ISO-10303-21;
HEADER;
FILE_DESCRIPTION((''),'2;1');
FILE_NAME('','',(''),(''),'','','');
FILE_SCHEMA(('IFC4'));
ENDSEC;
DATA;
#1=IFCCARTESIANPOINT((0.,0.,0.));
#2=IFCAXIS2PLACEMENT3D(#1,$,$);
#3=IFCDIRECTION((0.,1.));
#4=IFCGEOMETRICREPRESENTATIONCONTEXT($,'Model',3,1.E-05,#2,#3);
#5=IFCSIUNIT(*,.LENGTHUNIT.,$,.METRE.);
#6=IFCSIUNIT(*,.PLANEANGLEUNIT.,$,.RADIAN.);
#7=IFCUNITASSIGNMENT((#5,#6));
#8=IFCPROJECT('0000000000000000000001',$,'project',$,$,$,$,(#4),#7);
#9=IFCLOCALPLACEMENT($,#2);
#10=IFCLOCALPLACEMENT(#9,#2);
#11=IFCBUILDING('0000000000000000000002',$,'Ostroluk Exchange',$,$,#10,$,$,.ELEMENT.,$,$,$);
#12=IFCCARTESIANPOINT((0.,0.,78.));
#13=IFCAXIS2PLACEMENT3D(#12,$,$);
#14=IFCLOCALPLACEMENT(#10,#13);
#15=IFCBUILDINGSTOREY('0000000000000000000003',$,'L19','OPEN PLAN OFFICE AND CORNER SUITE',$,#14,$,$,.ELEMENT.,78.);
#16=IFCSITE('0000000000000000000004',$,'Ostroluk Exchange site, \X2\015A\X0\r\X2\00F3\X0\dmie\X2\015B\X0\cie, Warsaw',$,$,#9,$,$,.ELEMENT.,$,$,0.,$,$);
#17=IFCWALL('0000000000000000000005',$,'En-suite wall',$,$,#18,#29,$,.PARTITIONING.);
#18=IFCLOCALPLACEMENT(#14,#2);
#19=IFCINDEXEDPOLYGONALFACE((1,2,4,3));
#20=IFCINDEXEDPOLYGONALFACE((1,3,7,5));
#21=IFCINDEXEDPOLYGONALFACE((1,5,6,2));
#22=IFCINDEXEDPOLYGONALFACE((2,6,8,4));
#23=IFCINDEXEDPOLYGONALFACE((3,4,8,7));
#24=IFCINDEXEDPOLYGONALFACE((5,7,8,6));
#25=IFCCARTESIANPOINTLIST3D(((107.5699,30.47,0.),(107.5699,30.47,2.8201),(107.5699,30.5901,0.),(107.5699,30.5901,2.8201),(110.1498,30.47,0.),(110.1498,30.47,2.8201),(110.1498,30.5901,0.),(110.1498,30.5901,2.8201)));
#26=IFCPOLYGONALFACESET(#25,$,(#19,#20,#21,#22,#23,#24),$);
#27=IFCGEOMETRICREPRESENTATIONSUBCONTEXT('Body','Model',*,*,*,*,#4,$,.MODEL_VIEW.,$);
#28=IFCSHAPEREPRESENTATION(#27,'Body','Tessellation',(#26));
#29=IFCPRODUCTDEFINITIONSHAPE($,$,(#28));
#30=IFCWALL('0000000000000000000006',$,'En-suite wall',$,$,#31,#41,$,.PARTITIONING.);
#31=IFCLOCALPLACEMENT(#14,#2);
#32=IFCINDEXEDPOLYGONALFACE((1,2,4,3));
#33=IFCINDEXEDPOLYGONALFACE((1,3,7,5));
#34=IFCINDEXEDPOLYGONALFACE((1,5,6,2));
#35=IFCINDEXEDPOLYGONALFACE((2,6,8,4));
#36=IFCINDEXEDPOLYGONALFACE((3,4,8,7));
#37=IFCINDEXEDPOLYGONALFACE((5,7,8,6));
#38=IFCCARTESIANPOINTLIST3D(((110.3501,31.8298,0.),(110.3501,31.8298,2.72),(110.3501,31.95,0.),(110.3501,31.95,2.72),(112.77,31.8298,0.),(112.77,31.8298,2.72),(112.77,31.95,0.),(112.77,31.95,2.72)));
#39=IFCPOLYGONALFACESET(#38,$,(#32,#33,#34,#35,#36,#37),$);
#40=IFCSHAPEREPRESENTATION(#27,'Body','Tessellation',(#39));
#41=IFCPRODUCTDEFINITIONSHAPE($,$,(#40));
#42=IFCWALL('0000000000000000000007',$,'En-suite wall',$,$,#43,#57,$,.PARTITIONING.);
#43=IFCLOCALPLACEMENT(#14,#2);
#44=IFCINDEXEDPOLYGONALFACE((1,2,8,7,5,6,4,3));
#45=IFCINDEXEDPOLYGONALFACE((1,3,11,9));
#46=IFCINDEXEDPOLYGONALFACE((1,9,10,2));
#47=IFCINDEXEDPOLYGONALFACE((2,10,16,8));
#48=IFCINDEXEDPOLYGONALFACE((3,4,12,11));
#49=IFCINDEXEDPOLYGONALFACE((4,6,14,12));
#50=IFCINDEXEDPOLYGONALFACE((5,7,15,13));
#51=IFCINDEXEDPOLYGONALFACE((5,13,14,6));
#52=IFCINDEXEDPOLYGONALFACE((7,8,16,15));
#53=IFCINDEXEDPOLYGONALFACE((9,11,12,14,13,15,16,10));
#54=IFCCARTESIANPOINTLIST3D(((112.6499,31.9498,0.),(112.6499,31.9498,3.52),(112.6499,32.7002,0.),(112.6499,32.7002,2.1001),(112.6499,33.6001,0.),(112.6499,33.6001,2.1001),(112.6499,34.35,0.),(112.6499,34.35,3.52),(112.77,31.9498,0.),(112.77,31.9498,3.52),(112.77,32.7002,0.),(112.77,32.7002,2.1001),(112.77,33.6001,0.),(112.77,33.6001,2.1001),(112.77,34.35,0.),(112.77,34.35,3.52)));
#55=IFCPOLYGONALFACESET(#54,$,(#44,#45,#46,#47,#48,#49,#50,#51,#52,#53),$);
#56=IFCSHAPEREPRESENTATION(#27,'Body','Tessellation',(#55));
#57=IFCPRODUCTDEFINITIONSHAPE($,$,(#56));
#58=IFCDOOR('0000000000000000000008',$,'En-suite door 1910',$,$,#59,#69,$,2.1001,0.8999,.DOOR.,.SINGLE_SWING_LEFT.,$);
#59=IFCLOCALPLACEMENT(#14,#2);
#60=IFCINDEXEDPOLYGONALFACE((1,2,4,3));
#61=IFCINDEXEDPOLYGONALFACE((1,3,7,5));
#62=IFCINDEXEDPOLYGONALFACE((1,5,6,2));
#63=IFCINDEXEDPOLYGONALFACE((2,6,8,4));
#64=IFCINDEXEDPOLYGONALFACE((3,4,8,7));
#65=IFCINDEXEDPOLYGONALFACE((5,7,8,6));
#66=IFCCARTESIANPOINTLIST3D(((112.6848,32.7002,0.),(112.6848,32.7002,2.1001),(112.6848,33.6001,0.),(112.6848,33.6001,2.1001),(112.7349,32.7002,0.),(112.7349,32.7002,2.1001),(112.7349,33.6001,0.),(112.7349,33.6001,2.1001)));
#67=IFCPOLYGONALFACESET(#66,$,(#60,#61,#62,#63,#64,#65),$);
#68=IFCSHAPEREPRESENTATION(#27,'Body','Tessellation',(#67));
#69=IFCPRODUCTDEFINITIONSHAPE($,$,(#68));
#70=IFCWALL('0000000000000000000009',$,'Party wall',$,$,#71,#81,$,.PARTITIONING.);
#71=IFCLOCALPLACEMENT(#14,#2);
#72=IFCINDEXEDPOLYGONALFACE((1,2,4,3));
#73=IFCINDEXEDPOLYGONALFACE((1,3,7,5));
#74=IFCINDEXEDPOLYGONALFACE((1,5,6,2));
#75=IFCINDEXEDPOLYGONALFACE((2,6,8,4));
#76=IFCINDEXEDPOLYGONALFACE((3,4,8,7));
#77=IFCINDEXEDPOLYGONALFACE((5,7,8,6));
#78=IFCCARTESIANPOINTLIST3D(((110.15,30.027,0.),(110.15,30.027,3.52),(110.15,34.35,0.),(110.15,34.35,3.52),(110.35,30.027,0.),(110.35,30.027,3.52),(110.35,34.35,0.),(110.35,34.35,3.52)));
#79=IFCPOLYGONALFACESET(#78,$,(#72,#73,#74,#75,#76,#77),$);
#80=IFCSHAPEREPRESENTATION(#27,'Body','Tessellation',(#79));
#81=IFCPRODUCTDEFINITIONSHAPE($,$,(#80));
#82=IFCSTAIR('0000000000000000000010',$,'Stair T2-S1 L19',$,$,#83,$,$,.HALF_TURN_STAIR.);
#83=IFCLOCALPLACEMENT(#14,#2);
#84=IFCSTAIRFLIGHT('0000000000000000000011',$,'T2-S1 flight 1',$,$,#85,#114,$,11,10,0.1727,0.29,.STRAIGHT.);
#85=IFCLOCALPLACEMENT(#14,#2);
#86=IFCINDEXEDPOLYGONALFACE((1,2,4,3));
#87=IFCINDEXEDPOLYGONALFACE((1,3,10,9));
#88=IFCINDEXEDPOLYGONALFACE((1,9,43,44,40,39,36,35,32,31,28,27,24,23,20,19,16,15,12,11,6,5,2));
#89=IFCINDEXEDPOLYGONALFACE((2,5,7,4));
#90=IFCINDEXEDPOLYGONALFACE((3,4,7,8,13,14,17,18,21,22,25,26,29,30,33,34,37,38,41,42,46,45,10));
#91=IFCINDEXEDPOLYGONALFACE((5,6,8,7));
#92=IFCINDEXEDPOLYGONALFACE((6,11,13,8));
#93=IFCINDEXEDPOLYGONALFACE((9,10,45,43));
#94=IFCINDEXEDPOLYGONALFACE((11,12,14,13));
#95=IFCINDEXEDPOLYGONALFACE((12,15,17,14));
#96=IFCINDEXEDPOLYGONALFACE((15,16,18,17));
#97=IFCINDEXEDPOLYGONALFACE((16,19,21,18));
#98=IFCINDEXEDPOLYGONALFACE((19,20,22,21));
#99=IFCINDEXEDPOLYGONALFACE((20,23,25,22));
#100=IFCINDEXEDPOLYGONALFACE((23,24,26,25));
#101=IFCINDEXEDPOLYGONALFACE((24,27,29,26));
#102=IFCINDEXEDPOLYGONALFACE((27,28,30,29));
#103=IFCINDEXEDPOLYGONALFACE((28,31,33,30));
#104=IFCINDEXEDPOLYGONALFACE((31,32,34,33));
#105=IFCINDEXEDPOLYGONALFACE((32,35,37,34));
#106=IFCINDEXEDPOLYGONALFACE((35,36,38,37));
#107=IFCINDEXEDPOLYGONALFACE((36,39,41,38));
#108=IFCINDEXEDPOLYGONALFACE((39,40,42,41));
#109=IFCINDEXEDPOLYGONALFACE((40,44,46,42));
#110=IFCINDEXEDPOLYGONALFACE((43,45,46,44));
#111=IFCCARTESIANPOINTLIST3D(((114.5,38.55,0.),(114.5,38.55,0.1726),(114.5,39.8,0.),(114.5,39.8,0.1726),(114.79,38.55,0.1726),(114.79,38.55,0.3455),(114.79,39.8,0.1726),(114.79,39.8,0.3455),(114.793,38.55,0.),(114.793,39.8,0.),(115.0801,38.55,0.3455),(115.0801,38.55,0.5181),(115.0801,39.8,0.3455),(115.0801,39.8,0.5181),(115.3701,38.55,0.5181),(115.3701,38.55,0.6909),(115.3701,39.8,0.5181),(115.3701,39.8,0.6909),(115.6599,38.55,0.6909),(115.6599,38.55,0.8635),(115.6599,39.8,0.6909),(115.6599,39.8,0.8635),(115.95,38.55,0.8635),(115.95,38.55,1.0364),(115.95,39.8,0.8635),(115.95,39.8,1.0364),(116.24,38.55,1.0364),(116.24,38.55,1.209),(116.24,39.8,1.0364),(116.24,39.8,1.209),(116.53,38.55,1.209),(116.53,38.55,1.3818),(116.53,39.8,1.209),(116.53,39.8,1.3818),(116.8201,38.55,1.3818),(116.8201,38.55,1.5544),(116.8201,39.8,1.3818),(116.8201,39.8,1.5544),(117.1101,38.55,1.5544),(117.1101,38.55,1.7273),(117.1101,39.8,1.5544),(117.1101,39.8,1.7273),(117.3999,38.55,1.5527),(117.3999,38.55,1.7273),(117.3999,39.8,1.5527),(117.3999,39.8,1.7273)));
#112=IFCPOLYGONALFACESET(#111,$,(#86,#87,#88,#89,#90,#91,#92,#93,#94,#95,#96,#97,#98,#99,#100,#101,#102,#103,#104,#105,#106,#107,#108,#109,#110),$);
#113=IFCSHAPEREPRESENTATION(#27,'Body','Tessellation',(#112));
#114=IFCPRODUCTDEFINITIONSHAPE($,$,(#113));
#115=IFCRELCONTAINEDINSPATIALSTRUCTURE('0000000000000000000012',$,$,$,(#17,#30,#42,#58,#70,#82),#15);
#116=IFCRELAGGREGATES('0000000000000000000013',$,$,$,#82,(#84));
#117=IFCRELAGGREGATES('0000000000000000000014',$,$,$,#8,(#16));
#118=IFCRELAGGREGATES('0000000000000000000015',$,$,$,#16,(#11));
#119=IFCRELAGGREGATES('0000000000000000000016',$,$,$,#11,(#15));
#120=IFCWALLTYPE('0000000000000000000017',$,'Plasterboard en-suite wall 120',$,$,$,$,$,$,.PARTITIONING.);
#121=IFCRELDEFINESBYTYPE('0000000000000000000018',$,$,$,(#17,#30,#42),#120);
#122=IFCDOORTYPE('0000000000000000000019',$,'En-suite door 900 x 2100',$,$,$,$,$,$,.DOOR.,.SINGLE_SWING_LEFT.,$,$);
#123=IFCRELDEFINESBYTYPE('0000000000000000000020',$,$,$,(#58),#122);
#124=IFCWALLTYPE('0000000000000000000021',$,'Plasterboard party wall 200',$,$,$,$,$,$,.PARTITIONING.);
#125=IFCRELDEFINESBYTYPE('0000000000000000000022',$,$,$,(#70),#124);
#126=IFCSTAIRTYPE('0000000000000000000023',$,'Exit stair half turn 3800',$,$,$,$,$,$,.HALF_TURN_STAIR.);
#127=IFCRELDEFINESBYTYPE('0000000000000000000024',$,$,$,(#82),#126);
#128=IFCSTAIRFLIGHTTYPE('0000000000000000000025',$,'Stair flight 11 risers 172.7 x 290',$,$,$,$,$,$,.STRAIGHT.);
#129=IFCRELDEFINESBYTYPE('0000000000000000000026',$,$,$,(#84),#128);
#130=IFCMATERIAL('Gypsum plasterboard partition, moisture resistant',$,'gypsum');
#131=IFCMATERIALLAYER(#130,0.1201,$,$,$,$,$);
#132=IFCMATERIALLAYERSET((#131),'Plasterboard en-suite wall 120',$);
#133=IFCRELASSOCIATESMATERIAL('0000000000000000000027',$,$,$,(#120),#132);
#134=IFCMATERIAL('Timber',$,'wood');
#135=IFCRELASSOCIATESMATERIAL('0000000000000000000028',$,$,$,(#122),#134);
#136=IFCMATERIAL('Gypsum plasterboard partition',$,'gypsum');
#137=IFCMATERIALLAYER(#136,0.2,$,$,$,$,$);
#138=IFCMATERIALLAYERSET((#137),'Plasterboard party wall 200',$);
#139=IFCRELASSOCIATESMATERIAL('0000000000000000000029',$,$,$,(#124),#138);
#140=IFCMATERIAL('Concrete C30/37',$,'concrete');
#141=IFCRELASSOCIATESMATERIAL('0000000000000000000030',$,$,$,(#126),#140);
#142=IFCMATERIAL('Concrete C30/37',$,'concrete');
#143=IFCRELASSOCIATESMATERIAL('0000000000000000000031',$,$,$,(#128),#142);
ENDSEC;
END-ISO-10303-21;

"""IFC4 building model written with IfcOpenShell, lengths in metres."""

from ifc_helpers import new_model, si_unit, direction, frame, frame_2d, origin, place, context, subcontext, project, spatial, polyline, rectangle, outline, extrude, material, layer, layer_set, type_object, element, fill, aggregate, save


model = new_model("IFC4")

# Units and contexts
model_context = context("Model", 3, precision=1e-05, world=origin(), true_north=direction((0.0, 1.0)))
body_context = subcontext(model_context, "Body", "Model", "MODEL_VIEW")
ifc_project = project(units=[si_unit("LENGTHUNIT", "METRE"), si_unit("PLANEANGLEUNIT", "RADIAN")], contexts=[model_context])

# Site, building, storey
site_placement = place(None, origin())
site = spatial("IfcSite", under=ifc_project, at=site_placement, Name="Ostroluk Exchange site, Śródmieście, Warsaw", CompositionType="ELEMENT", RefElevation=0.0)
building_placement = place(site_placement, origin())
building = spatial("IfcBuilding", under=site, at=building_placement, Name="Ostroluk Exchange", CompositionType="ELEMENT")
storey_placement = place(building_placement, frame((0.0, 0.0, 78.0)))
storey = spatial("IfcBuildingStorey", under=building, at=storey_placement, Name="L19", Description="OPEN PLAN OFFICE AND CORNER SUITE", CompositionType="ELEMENT", Elevation=78.0)

# Shared definitions
ifc_material_1 = material(Name="Gypsum plasterboard partition, moisture resistant", Category="gypsum")
ifc_layer_1 = layer(ifc_material_1, 0.1201)
ifc_layer_set_1 = layer_set([ifc_layer_1], Name="Plasterboard en-suite wall 120")
wall_type_1 = type_object("IfcWallType", Name="Plasterboard en-suite wall 120", PredefinedType="PARTITIONING", material=ifc_layer_set_1)
ifc_material_2 = material(Name="Timber", Category="wood")
door_type_1 = type_object("IfcDoorType", Name="En-suite door 900 x 2100", OperationType="SINGLE_SWING_LEFT", PredefinedType="DOOR", material=ifc_material_2)

# Walls
wall_1_placement = place(storey_placement, frame((110.1499, 30.53, 0.0), z_axis=(0.0, 0.0, 1.0), x_axis=(-1.0, 0.0, 0.0)))
element("IfcWall", 1, at=wall_1_placement, inside=storey, type_object=wall_type_1, Name="En-suite wall", PredefinedType="PARTITIONING", context=body_context, shape_type="SweptSolid", body=[
    extrude(rectangle(XDim=2.5798, YDim=0.1201, at=frame_2d((1.29, 0.0))), origin(), (0.0, 0.0, 1.0), 2.8201),
])
wall_2_placement = place(storey_placement, frame((110.3501, 31.8899, 0.0), z_axis=(0.0, 0.0, 1.0), x_axis=(1.0, 0.0, 0.0)))
element("IfcWall", 2, at=wall_2_placement, inside=storey, type_object=wall_type_1, Name="En-suite wall", PredefinedType="PARTITIONING", context=body_context, shape_type="SweptSolid", body=[
    extrude(rectangle(XDim=2.4199, YDim=0.1201, at=frame_2d((1.21, 0.0))), origin(), (0.0, 0.0, 1.0), 2.72),
])

# Wall, opening, door
wall_3_placement = place(storey_placement, frame((112.71, 34.3501, 0.0), z_axis=(0.0, 0.0, 1.0), x_axis=(0.0, -1.0, 0.0)))
wall_3 = element("IfcWall", 3, at=wall_3_placement, inside=storey, type_object=wall_type_1, Name="En-suite wall", PredefinedType="PARTITIONING", context=body_context, shape_type="SweptSolid", body=[
    extrude(rectangle(XDim=2.4001, YDim=0.1201, at=frame_2d((1.2002, 0.0))), origin(), (0.0, 0.0, 1.0), 3.52),
])
opening_1_placement = place(wall_3_placement, frame((0.75, 0.0, 0.0)))
opening_1 = element("IfcOpeningElement", 4, at=opening_1_placement, cuts=wall_3, PredefinedType="OPENING", context=body_context, shape_type="SweptSolid", body=[
    extrude(rectangle(XDim=0.8999, YDim=2.1001, at=frame_2d((0.45, 1.05))), frame((0.0, 0.0701, 0.0), z_axis=(0.0, -1.0, 0.0), x_axis=(1.0, 0.0, 0.0)), (0.0, 0.0, 1.0), 0.1401),
])
door_1_placement = place(opening_1_placement, origin())
door_1 = element("IfcDoor", 5, at=door_1_placement, inside=storey, type_object=door_type_1, Name="En-suite door 1910", OperationType="SINGLE_SWING_LEFT", OverallHeight=2.1001, OverallWidth=0.8999, PredefinedType="DOOR", context=body_context, shape_type="SweptSolid", body=[
    extrude(rectangle(XDim=0.8999, YDim=2.1001, at=frame_2d((0.45, 1.05))), frame((0.0, 0.0249, 0.0), z_axis=(0.0, -1.0, 0.0), x_axis=(1.0, 0.0, 0.0)), (0.0, 0.0, 1.0), 0.05),
])
fill(opening_1, door_1)

# Wall
ifc_material_3 = material(Name="Gypsum plasterboard partition", Category="gypsum")
ifc_layer_2 = layer(ifc_material_3, 0.2)
ifc_layer_set_2 = layer_set([ifc_layer_2], Name="Plasterboard party wall 200")
wall_type_2 = type_object("IfcWallType", Name="Plasterboard party wall 200", PredefinedType="PARTITIONING", material=ifc_layer_set_2)
wall_4_placement = place(storey_placement, frame((110.25, 34.3501, 0.0), z_axis=(0.0, 0.0, 1.0), x_axis=(0.0, -1.0, 0.0)))
element("IfcWall", 6, at=wall_4_placement, inside=storey, type_object=wall_type_2, Name="Party wall", PredefinedType="PARTITIONING", context=body_context, shape_type="SweptSolid", body=[
    extrude(rectangle(XDim=4.323, YDim=0.2, at=frame_2d((2.1616, 0.0))), origin(), (0.0, 0.0, 1.0), 3.52),
])

# Stair, stair flight
ifc_material_4 = material(Name="Concrete C30/37", Category="concrete")
stair_type = type_object("IfcStairType", Name="Exit stair half turn 3800", PredefinedType="HALF_TURN_STAIR", material=ifc_material_4)
stair_placement = place(storey_placement, origin())
stair = element("IfcStair", 7, at=stair_placement, inside=storey, type_object=stair_type, Name="Stair T2-S1 L19", PredefinedType="HALF_TURN_STAIR")
ifc_material_5 = material(Name="Concrete C30/37", Category="concrete")
stair_flight_type = type_object("IfcStairFlightType", Name="Stair flight 11 risers 172.7 x 290", PredefinedType="STRAIGHT", material=ifc_material_5)
stair_flight_placement = place(storey_placement, frame((114.5, 39.175, 0.0), z_axis=(0.0, 0.0, 1.0), x_axis=(1.0, 0.0, 0.0)))
stair_flight = element("IfcStairFlight", 8, at=stair_flight_placement, type_object=stair_flight_type, Name="T2-S1 flight 1", NumberOfRisers=11, NumberOfTreads=10, PredefinedType="STRAIGHT", RiserHeight=0.1727, TreadLength=0.29, context=body_context, shape_type="SweptSolid", body=[
    extrude(outline(polyline([(0.0, 0.0), (0.0, 0.1726), (0.29, 0.1726), (0.29, 0.3455), (0.5801, 0.3455), (0.5801, 0.5181), (0.8701, 0.5181), (0.8701, 0.6909), (1.1599, 0.6909), (1.1599, 0.8635), (1.45, 0.8635), (1.45, 1.0364), (1.74, 1.0364), (1.74, 1.209), (2.03, 1.209), (2.03, 1.3818), (2.3201, 1.3818), (2.3201, 1.5544), (2.6101, 1.5544), (2.6101, 1.7273), (2.8999, 1.7273), (2.8999, 1.8999), (2.8999, 1.5527), (0.293, 0.0), (0.0, 0.0)])), frame((0.0, 0.625, 0.0), z_axis=(0.0, -1.0, 0.0), x_axis=(1.0, 0.0, 0.0)), (0.0, 0.0, 1.0), 1.25),
])
aggregate(stair, [stair_flight])

save(model, "model.ifc")
